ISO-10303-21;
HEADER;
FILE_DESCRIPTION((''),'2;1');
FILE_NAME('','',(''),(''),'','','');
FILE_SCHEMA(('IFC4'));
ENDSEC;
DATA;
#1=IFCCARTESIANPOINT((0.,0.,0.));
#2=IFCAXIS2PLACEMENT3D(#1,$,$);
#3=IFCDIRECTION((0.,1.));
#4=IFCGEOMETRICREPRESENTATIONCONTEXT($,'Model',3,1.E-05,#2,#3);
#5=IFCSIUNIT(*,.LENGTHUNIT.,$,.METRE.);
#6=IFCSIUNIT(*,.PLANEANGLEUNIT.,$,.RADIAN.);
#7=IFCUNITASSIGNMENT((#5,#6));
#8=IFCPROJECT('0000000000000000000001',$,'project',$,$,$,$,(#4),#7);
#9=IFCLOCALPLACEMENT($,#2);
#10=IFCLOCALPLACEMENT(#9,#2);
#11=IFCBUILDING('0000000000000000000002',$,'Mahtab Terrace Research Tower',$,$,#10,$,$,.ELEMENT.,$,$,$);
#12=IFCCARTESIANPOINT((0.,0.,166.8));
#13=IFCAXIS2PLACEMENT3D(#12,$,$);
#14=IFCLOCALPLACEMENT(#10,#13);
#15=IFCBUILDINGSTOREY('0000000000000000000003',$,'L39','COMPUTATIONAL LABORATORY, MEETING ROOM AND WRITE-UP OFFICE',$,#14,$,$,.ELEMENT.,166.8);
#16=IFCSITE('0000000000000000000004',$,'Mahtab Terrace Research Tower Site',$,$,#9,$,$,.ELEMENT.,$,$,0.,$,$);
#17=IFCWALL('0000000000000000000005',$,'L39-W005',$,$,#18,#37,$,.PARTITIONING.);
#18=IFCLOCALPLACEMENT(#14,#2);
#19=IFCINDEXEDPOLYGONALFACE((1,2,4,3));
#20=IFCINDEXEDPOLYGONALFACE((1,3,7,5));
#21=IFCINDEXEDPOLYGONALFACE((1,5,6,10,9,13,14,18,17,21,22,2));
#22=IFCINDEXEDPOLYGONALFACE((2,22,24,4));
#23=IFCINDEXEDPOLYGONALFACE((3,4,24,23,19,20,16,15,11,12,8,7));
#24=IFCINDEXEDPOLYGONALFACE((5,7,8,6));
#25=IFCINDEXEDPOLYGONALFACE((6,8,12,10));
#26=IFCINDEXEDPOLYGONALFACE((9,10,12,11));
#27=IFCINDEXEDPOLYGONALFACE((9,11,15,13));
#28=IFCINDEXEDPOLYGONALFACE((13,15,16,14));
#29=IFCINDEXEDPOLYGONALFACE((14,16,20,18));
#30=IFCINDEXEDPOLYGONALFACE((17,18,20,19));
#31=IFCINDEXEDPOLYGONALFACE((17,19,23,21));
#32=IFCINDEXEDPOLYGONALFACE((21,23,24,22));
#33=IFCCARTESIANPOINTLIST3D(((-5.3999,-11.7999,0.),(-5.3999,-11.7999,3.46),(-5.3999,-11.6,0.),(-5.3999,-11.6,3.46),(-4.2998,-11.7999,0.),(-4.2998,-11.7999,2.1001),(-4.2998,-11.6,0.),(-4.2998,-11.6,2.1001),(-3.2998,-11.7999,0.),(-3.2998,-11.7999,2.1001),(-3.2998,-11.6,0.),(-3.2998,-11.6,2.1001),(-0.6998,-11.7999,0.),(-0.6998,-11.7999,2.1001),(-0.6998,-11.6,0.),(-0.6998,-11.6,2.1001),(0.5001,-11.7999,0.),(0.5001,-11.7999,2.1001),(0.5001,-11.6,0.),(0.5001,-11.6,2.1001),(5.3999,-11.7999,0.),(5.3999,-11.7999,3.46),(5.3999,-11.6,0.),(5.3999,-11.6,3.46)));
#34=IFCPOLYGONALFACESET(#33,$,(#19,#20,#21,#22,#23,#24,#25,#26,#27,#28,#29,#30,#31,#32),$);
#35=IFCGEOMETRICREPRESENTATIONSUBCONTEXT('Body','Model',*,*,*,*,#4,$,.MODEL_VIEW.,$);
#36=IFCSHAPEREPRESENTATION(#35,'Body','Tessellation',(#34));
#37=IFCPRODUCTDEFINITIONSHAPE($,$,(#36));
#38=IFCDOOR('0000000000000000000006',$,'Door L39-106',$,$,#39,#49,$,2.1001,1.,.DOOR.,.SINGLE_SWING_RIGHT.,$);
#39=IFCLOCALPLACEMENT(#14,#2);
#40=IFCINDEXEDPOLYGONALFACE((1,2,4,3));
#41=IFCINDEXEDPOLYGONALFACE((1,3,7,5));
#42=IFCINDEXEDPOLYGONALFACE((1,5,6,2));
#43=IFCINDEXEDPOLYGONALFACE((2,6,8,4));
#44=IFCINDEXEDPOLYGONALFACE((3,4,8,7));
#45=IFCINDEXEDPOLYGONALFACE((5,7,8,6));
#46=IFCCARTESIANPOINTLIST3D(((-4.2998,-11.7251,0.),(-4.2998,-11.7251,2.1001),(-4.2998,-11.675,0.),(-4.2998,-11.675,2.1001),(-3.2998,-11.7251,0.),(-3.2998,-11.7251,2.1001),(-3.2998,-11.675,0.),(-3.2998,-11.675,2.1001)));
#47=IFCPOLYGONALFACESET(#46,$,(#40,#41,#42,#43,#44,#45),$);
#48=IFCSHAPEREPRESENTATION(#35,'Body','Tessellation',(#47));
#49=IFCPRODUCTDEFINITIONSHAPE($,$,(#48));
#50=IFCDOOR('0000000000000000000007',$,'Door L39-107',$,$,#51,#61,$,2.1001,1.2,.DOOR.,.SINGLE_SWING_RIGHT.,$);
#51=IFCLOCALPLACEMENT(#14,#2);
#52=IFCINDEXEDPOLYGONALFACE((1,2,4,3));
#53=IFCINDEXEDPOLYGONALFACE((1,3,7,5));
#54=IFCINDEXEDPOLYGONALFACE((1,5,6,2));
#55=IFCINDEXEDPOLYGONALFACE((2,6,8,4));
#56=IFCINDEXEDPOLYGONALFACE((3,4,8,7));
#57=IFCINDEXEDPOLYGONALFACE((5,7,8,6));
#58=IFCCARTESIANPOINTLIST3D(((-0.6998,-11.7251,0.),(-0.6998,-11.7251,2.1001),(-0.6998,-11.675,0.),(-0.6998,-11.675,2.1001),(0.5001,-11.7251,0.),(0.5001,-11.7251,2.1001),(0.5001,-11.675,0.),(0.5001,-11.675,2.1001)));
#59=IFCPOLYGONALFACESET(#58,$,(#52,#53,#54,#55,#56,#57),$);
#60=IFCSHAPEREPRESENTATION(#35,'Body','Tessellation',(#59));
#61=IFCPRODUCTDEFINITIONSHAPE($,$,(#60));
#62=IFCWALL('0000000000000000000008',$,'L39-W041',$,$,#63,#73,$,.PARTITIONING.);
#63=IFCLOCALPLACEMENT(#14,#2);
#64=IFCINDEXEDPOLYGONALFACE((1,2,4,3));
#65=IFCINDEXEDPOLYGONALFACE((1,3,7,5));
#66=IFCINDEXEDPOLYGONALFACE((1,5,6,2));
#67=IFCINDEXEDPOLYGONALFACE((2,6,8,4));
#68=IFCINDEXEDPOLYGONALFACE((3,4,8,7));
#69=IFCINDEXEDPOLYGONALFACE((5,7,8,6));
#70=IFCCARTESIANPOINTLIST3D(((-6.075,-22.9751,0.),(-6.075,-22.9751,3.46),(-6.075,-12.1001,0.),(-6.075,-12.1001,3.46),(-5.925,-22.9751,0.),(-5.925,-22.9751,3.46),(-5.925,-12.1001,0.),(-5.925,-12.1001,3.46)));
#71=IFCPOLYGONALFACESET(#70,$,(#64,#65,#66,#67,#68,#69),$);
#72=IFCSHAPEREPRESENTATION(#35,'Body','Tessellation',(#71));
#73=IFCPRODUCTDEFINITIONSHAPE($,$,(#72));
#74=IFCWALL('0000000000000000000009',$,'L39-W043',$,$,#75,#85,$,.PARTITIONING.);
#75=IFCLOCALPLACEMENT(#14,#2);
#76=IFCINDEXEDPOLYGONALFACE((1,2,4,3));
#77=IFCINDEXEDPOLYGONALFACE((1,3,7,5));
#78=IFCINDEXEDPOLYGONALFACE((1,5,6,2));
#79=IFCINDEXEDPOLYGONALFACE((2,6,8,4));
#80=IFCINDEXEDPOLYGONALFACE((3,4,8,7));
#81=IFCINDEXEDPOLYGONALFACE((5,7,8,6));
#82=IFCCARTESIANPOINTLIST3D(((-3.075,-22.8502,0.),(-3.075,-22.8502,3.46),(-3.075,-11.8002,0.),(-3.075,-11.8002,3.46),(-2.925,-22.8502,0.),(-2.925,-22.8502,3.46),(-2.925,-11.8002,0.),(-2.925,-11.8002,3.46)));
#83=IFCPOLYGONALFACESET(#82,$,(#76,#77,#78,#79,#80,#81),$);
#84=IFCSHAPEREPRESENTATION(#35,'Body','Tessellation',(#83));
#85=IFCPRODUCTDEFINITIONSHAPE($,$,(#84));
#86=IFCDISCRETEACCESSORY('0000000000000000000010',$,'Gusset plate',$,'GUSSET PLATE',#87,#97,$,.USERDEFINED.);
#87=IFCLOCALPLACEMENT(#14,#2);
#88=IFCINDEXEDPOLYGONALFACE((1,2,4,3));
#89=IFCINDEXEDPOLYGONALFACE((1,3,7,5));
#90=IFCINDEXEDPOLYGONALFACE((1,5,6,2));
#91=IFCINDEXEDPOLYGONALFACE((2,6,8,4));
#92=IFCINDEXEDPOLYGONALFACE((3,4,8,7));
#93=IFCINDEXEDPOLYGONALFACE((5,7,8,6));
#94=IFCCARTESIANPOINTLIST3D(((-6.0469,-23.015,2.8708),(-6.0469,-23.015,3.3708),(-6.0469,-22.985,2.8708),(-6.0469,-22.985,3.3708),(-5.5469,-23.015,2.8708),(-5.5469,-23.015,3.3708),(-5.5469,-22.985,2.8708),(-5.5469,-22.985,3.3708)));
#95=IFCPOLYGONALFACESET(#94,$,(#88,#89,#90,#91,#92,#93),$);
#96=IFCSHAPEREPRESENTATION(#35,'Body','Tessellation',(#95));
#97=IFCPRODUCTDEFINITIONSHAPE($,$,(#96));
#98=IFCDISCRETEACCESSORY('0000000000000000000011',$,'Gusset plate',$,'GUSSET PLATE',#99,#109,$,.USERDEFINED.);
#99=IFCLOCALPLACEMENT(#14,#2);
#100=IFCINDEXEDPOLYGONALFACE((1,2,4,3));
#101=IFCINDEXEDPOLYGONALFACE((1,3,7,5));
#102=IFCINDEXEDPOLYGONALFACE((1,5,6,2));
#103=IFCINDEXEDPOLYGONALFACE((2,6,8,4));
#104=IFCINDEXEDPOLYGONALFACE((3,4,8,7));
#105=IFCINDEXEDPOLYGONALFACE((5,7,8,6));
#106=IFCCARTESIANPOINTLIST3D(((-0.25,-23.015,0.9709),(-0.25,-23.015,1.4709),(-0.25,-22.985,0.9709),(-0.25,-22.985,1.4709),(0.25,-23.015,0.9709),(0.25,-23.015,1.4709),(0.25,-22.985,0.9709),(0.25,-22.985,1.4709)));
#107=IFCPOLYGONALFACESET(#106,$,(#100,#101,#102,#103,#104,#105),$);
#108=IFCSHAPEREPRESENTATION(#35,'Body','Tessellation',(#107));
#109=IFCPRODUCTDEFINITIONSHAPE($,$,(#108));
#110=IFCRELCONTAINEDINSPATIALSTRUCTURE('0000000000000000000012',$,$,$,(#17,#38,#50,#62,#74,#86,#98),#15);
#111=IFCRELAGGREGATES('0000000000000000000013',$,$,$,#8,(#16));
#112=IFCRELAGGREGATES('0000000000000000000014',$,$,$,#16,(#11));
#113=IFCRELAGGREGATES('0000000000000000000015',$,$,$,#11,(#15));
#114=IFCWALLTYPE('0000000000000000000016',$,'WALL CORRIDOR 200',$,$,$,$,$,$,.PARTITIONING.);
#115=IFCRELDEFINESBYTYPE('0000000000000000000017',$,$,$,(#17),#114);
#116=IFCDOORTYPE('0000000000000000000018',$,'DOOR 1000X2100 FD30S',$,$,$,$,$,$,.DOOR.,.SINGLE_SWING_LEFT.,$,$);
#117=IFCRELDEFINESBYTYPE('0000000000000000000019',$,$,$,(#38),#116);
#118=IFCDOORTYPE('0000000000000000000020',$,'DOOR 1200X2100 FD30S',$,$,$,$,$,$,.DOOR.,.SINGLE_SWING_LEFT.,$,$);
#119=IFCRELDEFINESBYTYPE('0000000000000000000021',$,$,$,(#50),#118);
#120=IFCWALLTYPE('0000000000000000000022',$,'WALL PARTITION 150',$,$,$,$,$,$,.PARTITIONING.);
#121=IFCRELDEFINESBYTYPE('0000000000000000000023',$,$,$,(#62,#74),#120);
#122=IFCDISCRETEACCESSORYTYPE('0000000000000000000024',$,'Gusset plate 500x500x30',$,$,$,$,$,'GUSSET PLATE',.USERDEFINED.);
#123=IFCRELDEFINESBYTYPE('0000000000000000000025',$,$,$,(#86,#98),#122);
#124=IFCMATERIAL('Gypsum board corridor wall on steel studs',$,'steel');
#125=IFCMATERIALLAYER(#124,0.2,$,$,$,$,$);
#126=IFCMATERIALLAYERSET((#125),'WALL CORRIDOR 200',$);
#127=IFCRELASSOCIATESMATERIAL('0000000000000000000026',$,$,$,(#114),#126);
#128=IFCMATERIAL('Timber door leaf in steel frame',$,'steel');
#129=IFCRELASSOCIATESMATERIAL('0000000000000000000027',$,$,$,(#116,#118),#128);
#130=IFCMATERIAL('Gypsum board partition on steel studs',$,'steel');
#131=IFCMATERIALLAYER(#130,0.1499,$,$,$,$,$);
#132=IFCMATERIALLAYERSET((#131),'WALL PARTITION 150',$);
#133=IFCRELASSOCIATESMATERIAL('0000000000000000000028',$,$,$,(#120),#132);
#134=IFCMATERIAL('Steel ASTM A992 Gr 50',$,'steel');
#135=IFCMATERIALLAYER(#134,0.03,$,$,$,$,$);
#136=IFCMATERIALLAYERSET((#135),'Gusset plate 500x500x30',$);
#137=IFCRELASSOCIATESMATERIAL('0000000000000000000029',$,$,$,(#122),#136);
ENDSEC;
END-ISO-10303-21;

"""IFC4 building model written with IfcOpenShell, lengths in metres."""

from ifc_helpers import new_model, si_unit, direction, frame, frame_2d, origin, origin_2d, place, context, subcontext, project, spatial, rectangle, extrude, material, layer, layer_set, type_object, element, fill, save


model = new_model("IFC4")

# Units and contexts
model_context = context("Model", 3, precision=1e-05, world=origin(), true_north=direction((0.0, 1.0)))
body_context = subcontext(model_context, "Body", "Model", "MODEL_VIEW")
ifc_project = project(units=[si_unit("LENGTHUNIT", "METRE"), si_unit("PLANEANGLEUNIT", "RADIAN")], contexts=[model_context])

# Site, building, storey
site_placement = place(None, origin())
site = spatial("IfcSite", under=ifc_project, at=site_placement, Name="Mahtab Terrace Research Tower Site", CompositionType="ELEMENT", RefElevation=0.0)
building_placement = place(site_placement, origin())
building = spatial("IfcBuilding", under=site, at=building_placement, Name="Mahtab Terrace Research Tower", CompositionType="ELEMENT")
storey_placement = place(building_placement, frame((0.0, 0.0, 166.8)))
storey = spatial("IfcBuildingStorey", under=building, at=storey_placement, Name="L39", Description="COMPUTATIONAL LABORATORY, MEETING ROOM AND WRITE-UP OFFICE", CompositionType="ELEMENT", Elevation=166.8)

# Shared definitions
ifc_material_1 = material(Name="Steel ASTM A992 Gr 50", Category="steel")

# Wall, openings, doors
ifc_material_2 = material(Name="Gypsum board corridor wall on steel studs", Category="steel")
ifc_layer_1 = layer(ifc_material_2, 0.2)
ifc_layer_set_1 = layer_set([ifc_layer_1], Name="WALL CORRIDOR 200")
wall_type_1 = type_object("IfcWallType", Name="WALL CORRIDOR 200", PredefinedType="PARTITIONING", material=ifc_layer_set_1)
wall_1_placement = place(storey_placement, frame((-5.3999, -11.7, 0.0), z_axis=(0.0, 0.0, 1.0), x_axis=(1.0, 0.0, 0.0)))
wall_1 = element("IfcWall", 1, at=wall_1_placement, inside=storey, type_object=wall_type_1, Name="L39-W005", PredefinedType="PARTITIONING", context=body_context, shape_type="SweptSolid", body=[
    extrude(rectangle(XDim=10.7998, YDim=0.2, at=frame_2d((5.3999, 0.0))), origin(), (0.0, 0.0, 1.0), 3.46),
])
opening_1_placement = place(wall_1_placement, frame((1.1001, 0.0, 0.0)))
opening_1 = element("IfcOpeningElement", 2, at=opening_1_placement, cuts=wall_1, PredefinedType="OPENING", context=body_context, shape_type="SweptSolid", body=[
    extrude(rectangle(XDim=1.0, YDim=2.1001, at=frame_2d((0.5, 1.05))), frame((0.0, 0.1099, 0.0), z_axis=(0.0, -1.0, 0.0), x_axis=(1.0, 0.0, 0.0)), (0.0, 0.0, 1.0), 0.22),
])
opening_2_placement = place(wall_1_placement, frame((4.7, 0.0, 0.0)))
opening_2 = element("IfcOpeningElement", 3, at=opening_2_placement, cuts=wall_1, PredefinedType="OPENING", context=body_context, shape_type="SweptSolid", body=[
    extrude(rectangle(XDim=1.2, YDim=2.1001, at=frame_2d((0.6001, 1.05))), frame((0.0, 0.1099, 0.0), z_axis=(0.0, -1.0, 0.0), x_axis=(1.0, 0.0, 0.0)), (0.0, 0.0, 1.0), 0.22),
])
ifc_material_3 = material(Name="Timber door leaf in steel frame", Category="steel")
door_type_1 = type_object("IfcDoorType", Name="DOOR 1000X2100 FD30S", OperationType="SINGLE_SWING_LEFT", PredefinedType="DOOR", material=ifc_material_3)
door_1_placement = place(opening_1_placement, origin())
door_1 = element("IfcDoor", 4, at=door_1_placement, inside=storey, type_object=door_type_1, Name="Door L39-106", OperationType="SINGLE_SWING_RIGHT", OverallHeight=2.1001, OverallWidth=1.0, PredefinedType="DOOR", context=body_context, shape_type="SweptSolid", body=[
    extrude(rectangle(XDim=1.0, YDim=2.1001, at=frame_2d((0.5, 1.05))), frame((0.0, 0.0249, 0.0), z_axis=(0.0, -1.0, 0.0), x_axis=(1.0, 0.0, 0.0)), (0.0, 0.0, 1.0), 0.05),
])
fill(opening_1, door_1)
door_type_2 = type_object("IfcDoorType", Name="DOOR 1200X2100 FD30S", OperationType="SINGLE_SWING_LEFT", PredefinedType="DOOR", material=ifc_material_3)
door_2_placement = place(opening_2_placement, origin())
door_2 = element("IfcDoor", 5, at=door_2_placement, inside=storey, type_object=door_type_2, Name="Door L39-107", OperationType="SINGLE_SWING_RIGHT", OverallHeight=2.1001, OverallWidth=1.2, PredefinedType="DOOR", context=body_context, shape_type="SweptSolid", body=[
    extrude(rectangle(XDim=1.2, YDim=2.1001, at=frame_2d((0.6001, 1.05))), frame((0.0, 0.0249, 0.0), z_axis=(0.0, -1.0, 0.0), x_axis=(1.0, 0.0, 0.0)), (0.0, 0.0, 1.0), 0.05),
])
fill(opening_2, door_2)

# Walls
ifc_material_4 = material(Name="Gypsum board partition on steel studs", Category="steel")
ifc_layer_2 = layer(ifc_material_4, 0.1499)
ifc_layer_set_2 = layer_set([ifc_layer_2], Name="WALL PARTITION 150")
wall_type_2 = type_object("IfcWallType", Name="WALL PARTITION 150", PredefinedType="PARTITIONING", material=ifc_layer_set_2)
wall_2_placement = place(storey_placement, frame((-6.0, -22.9751, 0.0), z_axis=(0.0, 0.0, 1.0), x_axis=(0.0, 1.0, 0.0)))
element("IfcWall", 6, at=wall_2_placement, inside=storey, type_object=wall_type_2, Name="L39-W041", PredefinedType="PARTITIONING", context=body_context, shape_type="SweptSolid", body=[
    extrude(rectangle(XDim=10.875, YDim=0.1499, at=frame_2d((5.4375, 0.0))), origin(), (0.0, 0.0, 1.0), 3.46),
])
wall_3_placement = place(storey_placement, frame((-3.0, -22.8501, 0.0), z_axis=(0.0, 0.0, 1.0), x_axis=(0.0, 1.0, 0.0)))
element("IfcWall", 7, at=wall_3_placement, inside=storey, type_object=wall_type_2, Name="L39-W043", PredefinedType="PARTITIONING", context=body_context, shape_type="SweptSolid", body=[
    extrude(rectangle(XDim=11.05, YDim=0.1499, at=frame_2d((5.5249, 0.0))), origin(), (0.0, 0.0, 1.0), 3.46),
])

# Discrete accessories
ifc_layer_3 = layer(ifc_material_1, 0.03)
ifc_layer_set_3 = layer_set([ifc_layer_3], Name="Gusset plate 500x500x30")
discrete_accessory_type = type_object("IfcDiscreteAccessoryType", Name="Gusset plate 500x500x30", ElementType="GUSSET PLATE", PredefinedType="USERDEFINED", material=ifc_layer_set_3)
for number, where, z_axis, x_axis, name in (
    (8, (-5.7969, -23.0, 2.8708), (0.0, 0.0, 1.0), (1.0, 0.0, 0.0), "Gusset plate"),
    (9, (0.0, -23.0, 0.9709), (0.0, 0.0, 1.0), (1.0, 0.0, 0.0), "Gusset plate"),
):
    element("IfcDiscreteAccessory", number, at=place(storey_placement, frame(where, z_axis=z_axis, x_axis=x_axis)), inside=storey, type_object=discrete_accessory_type, Name=name, ObjectType="GUSSET PLATE", PredefinedType="USERDEFINED", context=body_context, shape_type="SweptSolid", body=[
        extrude(rectangle(XDim=0.5, YDim=0.03, at=origin_2d()), origin(), (0.0, 0.0, 1.0), 0.5),
    ])

save(model, "model.ifc")
